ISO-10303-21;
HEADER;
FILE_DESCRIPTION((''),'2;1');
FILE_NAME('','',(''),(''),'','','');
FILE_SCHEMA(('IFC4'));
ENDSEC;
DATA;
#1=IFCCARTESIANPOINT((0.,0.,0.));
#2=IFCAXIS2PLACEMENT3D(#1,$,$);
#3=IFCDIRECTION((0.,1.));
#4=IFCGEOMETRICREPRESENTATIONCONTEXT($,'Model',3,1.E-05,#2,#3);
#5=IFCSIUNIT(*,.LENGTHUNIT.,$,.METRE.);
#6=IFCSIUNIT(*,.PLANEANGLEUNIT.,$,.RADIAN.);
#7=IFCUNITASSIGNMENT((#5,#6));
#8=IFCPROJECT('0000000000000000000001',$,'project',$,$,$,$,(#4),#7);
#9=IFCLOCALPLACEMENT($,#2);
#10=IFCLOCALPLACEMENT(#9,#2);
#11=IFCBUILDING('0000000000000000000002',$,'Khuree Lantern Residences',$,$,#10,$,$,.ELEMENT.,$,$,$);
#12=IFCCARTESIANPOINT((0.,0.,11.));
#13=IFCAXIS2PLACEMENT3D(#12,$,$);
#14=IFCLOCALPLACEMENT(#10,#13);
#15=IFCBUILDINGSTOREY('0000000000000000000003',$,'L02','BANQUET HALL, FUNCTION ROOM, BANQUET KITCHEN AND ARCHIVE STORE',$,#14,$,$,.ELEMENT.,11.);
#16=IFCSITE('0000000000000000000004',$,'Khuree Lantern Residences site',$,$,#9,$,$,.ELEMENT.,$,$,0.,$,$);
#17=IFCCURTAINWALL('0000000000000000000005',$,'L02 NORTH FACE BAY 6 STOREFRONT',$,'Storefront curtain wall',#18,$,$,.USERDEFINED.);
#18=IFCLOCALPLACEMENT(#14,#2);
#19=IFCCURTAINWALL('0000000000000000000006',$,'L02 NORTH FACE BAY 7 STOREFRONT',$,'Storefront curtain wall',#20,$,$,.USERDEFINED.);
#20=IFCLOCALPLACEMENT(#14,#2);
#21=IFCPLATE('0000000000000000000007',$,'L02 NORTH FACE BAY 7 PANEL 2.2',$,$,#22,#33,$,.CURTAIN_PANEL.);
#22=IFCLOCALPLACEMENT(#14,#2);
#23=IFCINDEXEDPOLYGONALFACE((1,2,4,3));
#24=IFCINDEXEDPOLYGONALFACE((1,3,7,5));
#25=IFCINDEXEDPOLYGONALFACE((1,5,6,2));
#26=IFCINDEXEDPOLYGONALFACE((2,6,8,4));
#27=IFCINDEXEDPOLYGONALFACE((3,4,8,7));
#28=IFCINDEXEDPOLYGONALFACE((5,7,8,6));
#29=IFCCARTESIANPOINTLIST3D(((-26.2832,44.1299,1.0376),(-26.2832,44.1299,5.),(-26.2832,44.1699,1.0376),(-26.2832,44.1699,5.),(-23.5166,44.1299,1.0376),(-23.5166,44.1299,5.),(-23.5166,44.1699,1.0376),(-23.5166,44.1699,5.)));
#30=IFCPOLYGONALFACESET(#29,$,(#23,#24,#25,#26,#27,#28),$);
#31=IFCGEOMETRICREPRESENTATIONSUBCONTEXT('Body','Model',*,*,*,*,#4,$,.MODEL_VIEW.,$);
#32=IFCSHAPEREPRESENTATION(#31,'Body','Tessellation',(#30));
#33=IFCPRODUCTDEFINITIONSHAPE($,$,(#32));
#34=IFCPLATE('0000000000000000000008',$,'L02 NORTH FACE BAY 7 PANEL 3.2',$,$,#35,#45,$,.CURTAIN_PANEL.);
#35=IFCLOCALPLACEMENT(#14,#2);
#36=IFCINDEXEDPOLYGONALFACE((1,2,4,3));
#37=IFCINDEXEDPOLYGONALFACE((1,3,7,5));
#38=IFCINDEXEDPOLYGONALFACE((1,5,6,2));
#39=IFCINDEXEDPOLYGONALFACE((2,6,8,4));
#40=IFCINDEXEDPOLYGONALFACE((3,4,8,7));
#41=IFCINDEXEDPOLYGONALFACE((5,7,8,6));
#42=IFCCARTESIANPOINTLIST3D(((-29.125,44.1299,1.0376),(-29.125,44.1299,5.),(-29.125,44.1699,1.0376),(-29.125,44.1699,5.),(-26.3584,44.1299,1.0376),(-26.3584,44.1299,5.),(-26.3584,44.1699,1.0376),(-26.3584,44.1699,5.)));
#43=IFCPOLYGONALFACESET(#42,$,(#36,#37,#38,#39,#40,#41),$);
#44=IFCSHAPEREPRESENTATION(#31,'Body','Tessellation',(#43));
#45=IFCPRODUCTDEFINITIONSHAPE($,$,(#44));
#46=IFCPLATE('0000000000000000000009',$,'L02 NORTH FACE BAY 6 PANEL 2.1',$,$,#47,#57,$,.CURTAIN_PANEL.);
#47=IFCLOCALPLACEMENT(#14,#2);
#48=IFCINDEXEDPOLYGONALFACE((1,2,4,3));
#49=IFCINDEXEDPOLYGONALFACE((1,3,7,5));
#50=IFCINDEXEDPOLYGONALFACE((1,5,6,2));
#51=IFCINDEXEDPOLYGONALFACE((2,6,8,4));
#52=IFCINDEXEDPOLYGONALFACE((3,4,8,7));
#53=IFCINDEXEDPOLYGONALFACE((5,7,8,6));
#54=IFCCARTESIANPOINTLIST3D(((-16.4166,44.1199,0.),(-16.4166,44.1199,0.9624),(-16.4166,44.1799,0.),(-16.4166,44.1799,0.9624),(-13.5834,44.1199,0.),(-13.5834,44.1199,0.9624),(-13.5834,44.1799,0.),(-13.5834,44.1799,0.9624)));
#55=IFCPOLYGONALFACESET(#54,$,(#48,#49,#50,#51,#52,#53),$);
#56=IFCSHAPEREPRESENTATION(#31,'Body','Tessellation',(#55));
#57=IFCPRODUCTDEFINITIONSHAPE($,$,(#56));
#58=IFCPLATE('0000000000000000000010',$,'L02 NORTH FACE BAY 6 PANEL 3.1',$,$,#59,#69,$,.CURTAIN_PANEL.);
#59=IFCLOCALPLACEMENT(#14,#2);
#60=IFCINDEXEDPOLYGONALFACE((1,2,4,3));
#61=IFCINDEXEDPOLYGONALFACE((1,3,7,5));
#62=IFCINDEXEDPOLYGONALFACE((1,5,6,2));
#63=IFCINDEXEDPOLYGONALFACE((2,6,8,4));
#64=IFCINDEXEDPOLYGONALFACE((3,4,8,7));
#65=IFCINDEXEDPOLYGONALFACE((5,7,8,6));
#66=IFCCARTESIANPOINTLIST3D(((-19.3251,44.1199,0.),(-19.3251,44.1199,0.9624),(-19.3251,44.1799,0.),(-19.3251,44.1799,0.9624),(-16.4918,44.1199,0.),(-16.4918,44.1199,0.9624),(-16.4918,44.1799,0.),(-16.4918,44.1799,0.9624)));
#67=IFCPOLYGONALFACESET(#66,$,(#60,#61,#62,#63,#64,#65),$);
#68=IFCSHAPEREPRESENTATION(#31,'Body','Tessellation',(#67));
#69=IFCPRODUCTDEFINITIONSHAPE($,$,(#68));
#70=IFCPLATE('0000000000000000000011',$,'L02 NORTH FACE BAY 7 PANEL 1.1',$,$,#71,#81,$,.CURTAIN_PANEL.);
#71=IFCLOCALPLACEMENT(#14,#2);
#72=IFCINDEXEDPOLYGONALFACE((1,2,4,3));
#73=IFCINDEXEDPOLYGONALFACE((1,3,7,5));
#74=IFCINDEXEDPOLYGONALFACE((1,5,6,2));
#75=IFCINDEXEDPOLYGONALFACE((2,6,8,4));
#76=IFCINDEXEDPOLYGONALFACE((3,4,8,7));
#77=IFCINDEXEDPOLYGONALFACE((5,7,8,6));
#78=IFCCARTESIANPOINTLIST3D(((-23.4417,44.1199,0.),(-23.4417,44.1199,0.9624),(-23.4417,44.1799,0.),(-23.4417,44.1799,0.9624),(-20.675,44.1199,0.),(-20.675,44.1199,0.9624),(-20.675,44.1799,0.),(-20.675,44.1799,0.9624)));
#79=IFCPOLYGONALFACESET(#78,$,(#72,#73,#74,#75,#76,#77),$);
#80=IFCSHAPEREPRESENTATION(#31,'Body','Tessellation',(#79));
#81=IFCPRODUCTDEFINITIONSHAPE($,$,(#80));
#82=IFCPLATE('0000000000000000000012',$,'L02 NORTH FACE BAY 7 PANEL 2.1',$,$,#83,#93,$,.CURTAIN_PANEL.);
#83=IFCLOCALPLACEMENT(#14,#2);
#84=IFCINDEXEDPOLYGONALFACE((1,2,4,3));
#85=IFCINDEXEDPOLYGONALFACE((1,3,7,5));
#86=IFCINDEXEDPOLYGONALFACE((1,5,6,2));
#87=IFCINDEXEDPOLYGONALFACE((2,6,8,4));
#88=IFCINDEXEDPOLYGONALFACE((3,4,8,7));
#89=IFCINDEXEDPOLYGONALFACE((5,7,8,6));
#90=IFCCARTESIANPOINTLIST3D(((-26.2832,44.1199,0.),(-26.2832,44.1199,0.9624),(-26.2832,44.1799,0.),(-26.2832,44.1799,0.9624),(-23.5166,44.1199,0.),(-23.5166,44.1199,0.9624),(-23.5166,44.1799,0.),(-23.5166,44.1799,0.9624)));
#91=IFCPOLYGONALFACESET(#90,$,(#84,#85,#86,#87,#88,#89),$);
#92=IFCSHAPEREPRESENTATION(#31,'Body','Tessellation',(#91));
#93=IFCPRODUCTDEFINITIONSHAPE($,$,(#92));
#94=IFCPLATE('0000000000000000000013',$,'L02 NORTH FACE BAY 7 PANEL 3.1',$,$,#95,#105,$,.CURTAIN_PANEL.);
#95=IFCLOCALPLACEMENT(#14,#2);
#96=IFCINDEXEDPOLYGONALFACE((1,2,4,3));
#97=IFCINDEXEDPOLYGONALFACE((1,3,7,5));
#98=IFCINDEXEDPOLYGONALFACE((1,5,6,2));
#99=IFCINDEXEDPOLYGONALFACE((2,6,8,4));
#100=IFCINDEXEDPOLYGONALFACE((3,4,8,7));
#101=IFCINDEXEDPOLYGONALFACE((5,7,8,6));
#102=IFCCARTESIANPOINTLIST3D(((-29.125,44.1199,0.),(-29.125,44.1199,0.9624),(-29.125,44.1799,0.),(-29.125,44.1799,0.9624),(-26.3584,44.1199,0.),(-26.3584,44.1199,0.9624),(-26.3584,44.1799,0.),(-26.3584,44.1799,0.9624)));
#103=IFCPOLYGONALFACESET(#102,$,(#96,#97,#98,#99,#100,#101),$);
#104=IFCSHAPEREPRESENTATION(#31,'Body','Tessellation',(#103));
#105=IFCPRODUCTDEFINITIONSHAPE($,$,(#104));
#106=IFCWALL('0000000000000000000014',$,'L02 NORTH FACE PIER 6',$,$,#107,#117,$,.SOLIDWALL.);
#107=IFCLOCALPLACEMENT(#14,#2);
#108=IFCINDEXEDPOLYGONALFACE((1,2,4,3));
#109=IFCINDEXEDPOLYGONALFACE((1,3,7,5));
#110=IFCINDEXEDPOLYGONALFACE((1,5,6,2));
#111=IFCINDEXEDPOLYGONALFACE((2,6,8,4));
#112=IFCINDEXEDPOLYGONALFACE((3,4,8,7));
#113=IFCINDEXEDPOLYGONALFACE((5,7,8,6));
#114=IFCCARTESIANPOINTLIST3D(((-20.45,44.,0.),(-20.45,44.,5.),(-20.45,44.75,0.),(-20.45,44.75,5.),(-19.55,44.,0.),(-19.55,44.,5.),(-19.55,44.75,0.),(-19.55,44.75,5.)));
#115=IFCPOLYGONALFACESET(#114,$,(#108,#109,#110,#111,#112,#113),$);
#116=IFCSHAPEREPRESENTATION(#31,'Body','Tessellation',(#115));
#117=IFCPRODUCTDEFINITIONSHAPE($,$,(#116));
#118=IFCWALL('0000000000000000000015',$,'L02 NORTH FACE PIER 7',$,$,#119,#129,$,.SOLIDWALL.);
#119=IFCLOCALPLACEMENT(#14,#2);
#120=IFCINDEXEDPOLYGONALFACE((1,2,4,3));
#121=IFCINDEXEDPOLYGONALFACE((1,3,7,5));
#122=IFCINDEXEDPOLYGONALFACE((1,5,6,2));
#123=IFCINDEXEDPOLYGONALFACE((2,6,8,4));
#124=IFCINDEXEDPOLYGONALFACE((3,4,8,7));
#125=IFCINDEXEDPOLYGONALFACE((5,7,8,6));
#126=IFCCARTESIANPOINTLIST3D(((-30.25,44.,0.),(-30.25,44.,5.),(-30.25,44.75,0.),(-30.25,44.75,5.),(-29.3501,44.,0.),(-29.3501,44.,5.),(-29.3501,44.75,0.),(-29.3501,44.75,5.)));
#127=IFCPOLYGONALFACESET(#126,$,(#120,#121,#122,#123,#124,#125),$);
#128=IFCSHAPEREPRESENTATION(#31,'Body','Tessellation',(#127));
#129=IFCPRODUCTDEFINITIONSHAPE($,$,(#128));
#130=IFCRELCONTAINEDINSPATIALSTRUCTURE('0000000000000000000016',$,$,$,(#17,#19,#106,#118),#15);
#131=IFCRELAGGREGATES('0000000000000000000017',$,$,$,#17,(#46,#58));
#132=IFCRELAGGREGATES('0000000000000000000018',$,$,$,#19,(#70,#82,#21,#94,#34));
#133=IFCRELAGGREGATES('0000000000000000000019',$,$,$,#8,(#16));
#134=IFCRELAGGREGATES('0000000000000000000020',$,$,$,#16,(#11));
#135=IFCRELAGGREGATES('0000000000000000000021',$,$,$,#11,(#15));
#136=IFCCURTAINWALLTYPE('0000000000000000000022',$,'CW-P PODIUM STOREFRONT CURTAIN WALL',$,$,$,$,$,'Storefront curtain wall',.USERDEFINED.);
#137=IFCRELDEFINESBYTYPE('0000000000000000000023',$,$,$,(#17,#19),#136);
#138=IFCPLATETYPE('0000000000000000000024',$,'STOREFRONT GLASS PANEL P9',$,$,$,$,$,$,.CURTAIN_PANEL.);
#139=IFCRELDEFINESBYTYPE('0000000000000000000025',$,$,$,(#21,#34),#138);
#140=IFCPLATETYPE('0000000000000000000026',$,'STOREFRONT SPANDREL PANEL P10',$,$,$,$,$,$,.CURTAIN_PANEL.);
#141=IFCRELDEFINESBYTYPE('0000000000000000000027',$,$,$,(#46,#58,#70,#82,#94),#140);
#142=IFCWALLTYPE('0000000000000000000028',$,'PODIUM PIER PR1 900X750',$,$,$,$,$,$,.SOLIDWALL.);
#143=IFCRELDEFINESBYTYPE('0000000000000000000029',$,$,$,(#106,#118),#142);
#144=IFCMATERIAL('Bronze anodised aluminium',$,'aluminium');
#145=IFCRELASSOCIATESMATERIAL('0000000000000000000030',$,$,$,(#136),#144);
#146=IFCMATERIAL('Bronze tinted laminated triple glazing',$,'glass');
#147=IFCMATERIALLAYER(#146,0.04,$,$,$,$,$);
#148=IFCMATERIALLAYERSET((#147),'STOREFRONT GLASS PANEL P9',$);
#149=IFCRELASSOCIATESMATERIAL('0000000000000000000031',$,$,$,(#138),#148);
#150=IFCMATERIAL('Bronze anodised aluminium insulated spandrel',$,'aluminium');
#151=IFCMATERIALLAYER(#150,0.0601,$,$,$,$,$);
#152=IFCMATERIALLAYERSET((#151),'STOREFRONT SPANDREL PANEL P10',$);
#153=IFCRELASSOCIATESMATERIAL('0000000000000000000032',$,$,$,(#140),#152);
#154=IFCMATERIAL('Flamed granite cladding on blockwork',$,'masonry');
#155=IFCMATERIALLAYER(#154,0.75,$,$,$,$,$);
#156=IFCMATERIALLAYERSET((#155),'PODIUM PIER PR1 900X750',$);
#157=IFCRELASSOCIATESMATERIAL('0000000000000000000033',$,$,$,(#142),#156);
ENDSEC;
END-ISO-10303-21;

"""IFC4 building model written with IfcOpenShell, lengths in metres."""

from ifc_helpers import new_model, si_unit, direction, frame, frame_2d, origin, origin_2d, place, context, subcontext, project, spatial, rectangle, extrude, material, layer, layer_set, type_object, element, aggregate, save


model = new_model("IFC4")

# Units and contexts
model_context = context("Model", 3, precision=1e-05, world=origin(), true_north=direction((0.0, 1.0)))
body_context = subcontext(model_context, "Body", "Model", "MODEL_VIEW")
ifc_project = project(units=[si_unit("LENGTHUNIT", "METRE"), si_unit("PLANEANGLEUNIT", "RADIAN")], contexts=[model_context])

# Site, building, storey
site_placement = place(None, origin())
site = spatial("IfcSite", under=ifc_project, at=site_placement, Name="Khuree Lantern Residences site", CompositionType="ELEMENT", RefElevation=0.0)
building_placement = place(site_placement, origin())
building = spatial("IfcBuilding", under=site, at=building_placement, Name="Khuree Lantern Residences", CompositionType="ELEMENT")
storey_placement = place(building_placement, frame((0.0, 0.0, 11.0)))
storey = spatial("IfcBuildingStorey", under=building, at=storey_placement, Name="L02", Description="BANQUET HALL, FUNCTION ROOM, BANQUET KITCHEN AND ARCHIVE STORE", CompositionType="ELEMENT", Elevation=11.0)

# Curtain walls
ifc_material_1 = material(Name="Bronze anodised aluminium", Category="aluminium")
curtain_wall_type = type_object("IfcCurtainWallType", Name="CW-P PODIUM STOREFRONT CURTAIN WALL", ElementType="Storefront curtain wall", PredefinedType="USERDEFINED", material=ifc_material_1)
curtain_wall_1_placement = place(storey_placement, origin())
curtain_wall_1 = element("IfcCurtainWall", 1, at=curtain_wall_1_placement, inside=storey, type_object=curtain_wall_type, Name="L02 NORTH FACE BAY 6 STOREFRONT", ObjectType="Storefront curtain wall", PredefinedType="USERDEFINED")
curtain_wall_2_placement = place(storey_placement, origin())
curtain_wall_2 = element("IfcCurtainWall", 2, at=curtain_wall_2_placement, inside=storey, type_object=curtain_wall_type, Name="L02 NORTH FACE BAY 7 STOREFRONT", ObjectType="Storefront curtain wall", PredefinedType="USERDEFINED")

# Plates
ifc_material_2 = material(Name="Bronze tinted laminated triple glazing", Category="glass")
ifc_layer_1 = layer(ifc_material_2, 0.04)
ifc_layer_set_1 = layer_set([ifc_layer_1], Name="STOREFRONT GLASS PANEL P9")
plate_type_1 = type_object("IfcPlateType", Name="STOREFRONT GLASS PANEL P9", PredefinedType="CURTAIN_PANEL", material=ifc_layer_set_1)
plate_1_placement = place(storey_placement, frame((-24.8999, 44.1499, 1.0376), z_axis=(0.0, 0.0, 1.0), x_axis=(-1.0, 0.0, 0.0)))
plate_1 = element("IfcPlate", 3, at=plate_1_placement, type_object=plate_type_1, Name="L02 NORTH FACE BAY 7 PANEL 2.2", PredefinedType="CURTAIN_PANEL", context=body_context, shape_type="SweptSolid", body=[
    extrude(rectangle(XDim=2.7666, YDim=0.04, at=origin_2d()), origin(), (0.0, 0.0, 1.0), 3.9624),
])
plate_2_placement = place(storey_placement, frame((-27.7417, 44.1499, 1.0376), z_axis=(0.0, 0.0, 1.0), x_axis=(-1.0, 0.0, 0.0)))
plate_2 = element("IfcPlate", 4, at=plate_2_placement, type_object=plate_type_1, Name="L02 NORTH FACE BAY 7 PANEL 3.2", PredefinedType="CURTAIN_PANEL", context=body_context, shape_type="SweptSolid", body=[
    extrude(rectangle(XDim=2.7666, YDim=0.04, at=origin_2d()), origin(), (0.0, 0.0, 1.0), 3.9624),
])
ifc_material_3 = material(Name="Bronze anodised aluminium insulated spandrel", Category="aluminium")
ifc_layer_2 = layer(ifc_material_3, 0.0601)
ifc_layer_set_2 = layer_set([ifc_layer_2], Name="STOREFRONT SPANDREL PANEL P10")
plate_type_2 = type_object("IfcPlateType", Name="STOREFRONT SPANDREL PANEL P10", PredefinedType="CURTAIN_PANEL", material=ifc_layer_set_2)
plate_3_placement = place(storey_placement, frame((-15.0, 44.1499, 0.0), z_axis=(0.0, 0.0, 1.0), x_axis=(-1.0, 0.0, 0.0)))
plate_3 = element("IfcPlate", 5, at=plate_3_placement, type_object=plate_type_2, Name="L02 NORTH FACE BAY 6 PANEL 2.1", PredefinedType="CURTAIN_PANEL", context=body_context, shape_type="SweptSolid", body=[
    extrude(rectangle(XDim=2.8333, YDim=0.0601, at=origin_2d()), origin(), (0.0, 0.0, 1.0), 0.9624),
])
plate_4_placement = place(storey_placement, frame((-17.9084, 44.1499, 0.0), z_axis=(0.0, 0.0, 1.0), x_axis=(-1.0, 0.0, 0.0)))
plate_4 = element("IfcPlate", 6, at=plate_4_placement, type_object=plate_type_2, Name="L02 NORTH FACE BAY 6 PANEL 3.1", PredefinedType="CURTAIN_PANEL", context=body_context, shape_type="SweptSolid", body=[
    extrude(rectangle(XDim=2.8333, YDim=0.0601, at=origin_2d()), origin(), (0.0, 0.0, 1.0), 0.9624),
])
aggregate(curtain_wall_1, [plate_3, plate_4])
plate_5_placement = place(storey_placement, frame((-22.0583, 44.1499, 0.0), z_axis=(0.0, 0.0, 1.0), x_axis=(-1.0, 0.0, 0.0)))
plate_5 = element("IfcPlate", 7, at=plate_5_placement, type_object=plate_type_2, Name="L02 NORTH FACE BAY 7 PANEL 1.1", PredefinedType="CURTAIN_PANEL", context=body_context, shape_type="SweptSolid", body=[
    extrude(rectangle(XDim=2.7666, YDim=0.0601, at=origin_2d()), origin(), (0.0, 0.0, 1.0), 0.9624),
])
plate_6_placement = place(storey_placement, frame((-24.8999, 44.1499, 0.0), z_axis=(0.0, 0.0, 1.0), x_axis=(-1.0, 0.0, 0.0)))
plate_6 = element("IfcPlate", 8, at=plate_6_placement, type_object=plate_type_2, Name="L02 NORTH FACE BAY 7 PANEL 2.1", PredefinedType="CURTAIN_PANEL", context=body_context, shape_type="SweptSolid", body=[
    extrude(rectangle(XDim=2.7666, YDim=0.0601, at=origin_2d()), origin(), (0.0, 0.0, 1.0), 0.9624),
])
plate_7_placement = place(storey_placement, frame((-27.7417, 44.1499, 0.0), z_axis=(0.0, 0.0, 1.0), x_axis=(-1.0, 0.0, 0.0)))
plate_7 = element("IfcPlate", 9, at=plate_7_placement, type_object=plate_type_2, Name="L02 NORTH FACE BAY 7 PANEL 3.1", PredefinedType="CURTAIN_PANEL", context=body_context, shape_type="SweptSolid", body=[
    extrude(rectangle(XDim=2.7666, YDim=0.0601, at=origin_2d()), origin(), (0.0, 0.0, 1.0), 0.9624),
])
aggregate(curtain_wall_2, [plate_5, plate_6, plate_1, plate_7, plate_2])

# Walls
ifc_material_4 = material(Name="Flamed granite cladding on blockwork", Category="masonry")
ifc_layer_3 = layer(ifc_material_4, 0.75)
ifc_layer_set_3 = layer_set([ifc_layer_3], Name="PODIUM PIER PR1 900X750")
wall_type = type_object("IfcWallType", Name="PODIUM PIER PR1 900X750", PredefinedType="SOLIDWALL", material=ifc_layer_set_3)
for number, where, z_axis, x_axis, name in (
    (10, (-19.55, 44.375, 0.0), (0.0, 0.0, 1.0), (-1.0, 0.0, 0.0), "L02 NORTH FACE PIER 6"),
    (11, (-29.3501, 44.375, 0.0), (0.0, 0.0, 1.0), (-1.0, 0.0, 0.0), "L02 NORTH FACE PIER 7"),
):
    element("IfcWall", number, at=place(storey_placement, frame(where, z_axis=z_axis, x_axis=x_axis)), inside=storey, type_object=wall_type, Name=name, PredefinedType="SOLIDWALL", context=body_context, shape_type="SweptSolid", body=[
        extrude(rectangle(XDim=0.8999, YDim=0.75, at=frame_2d((0.45, 0.0))), origin(), (0.0, 0.0, 1.0), 5.0),
    ])

save(model, "model.ifc")
